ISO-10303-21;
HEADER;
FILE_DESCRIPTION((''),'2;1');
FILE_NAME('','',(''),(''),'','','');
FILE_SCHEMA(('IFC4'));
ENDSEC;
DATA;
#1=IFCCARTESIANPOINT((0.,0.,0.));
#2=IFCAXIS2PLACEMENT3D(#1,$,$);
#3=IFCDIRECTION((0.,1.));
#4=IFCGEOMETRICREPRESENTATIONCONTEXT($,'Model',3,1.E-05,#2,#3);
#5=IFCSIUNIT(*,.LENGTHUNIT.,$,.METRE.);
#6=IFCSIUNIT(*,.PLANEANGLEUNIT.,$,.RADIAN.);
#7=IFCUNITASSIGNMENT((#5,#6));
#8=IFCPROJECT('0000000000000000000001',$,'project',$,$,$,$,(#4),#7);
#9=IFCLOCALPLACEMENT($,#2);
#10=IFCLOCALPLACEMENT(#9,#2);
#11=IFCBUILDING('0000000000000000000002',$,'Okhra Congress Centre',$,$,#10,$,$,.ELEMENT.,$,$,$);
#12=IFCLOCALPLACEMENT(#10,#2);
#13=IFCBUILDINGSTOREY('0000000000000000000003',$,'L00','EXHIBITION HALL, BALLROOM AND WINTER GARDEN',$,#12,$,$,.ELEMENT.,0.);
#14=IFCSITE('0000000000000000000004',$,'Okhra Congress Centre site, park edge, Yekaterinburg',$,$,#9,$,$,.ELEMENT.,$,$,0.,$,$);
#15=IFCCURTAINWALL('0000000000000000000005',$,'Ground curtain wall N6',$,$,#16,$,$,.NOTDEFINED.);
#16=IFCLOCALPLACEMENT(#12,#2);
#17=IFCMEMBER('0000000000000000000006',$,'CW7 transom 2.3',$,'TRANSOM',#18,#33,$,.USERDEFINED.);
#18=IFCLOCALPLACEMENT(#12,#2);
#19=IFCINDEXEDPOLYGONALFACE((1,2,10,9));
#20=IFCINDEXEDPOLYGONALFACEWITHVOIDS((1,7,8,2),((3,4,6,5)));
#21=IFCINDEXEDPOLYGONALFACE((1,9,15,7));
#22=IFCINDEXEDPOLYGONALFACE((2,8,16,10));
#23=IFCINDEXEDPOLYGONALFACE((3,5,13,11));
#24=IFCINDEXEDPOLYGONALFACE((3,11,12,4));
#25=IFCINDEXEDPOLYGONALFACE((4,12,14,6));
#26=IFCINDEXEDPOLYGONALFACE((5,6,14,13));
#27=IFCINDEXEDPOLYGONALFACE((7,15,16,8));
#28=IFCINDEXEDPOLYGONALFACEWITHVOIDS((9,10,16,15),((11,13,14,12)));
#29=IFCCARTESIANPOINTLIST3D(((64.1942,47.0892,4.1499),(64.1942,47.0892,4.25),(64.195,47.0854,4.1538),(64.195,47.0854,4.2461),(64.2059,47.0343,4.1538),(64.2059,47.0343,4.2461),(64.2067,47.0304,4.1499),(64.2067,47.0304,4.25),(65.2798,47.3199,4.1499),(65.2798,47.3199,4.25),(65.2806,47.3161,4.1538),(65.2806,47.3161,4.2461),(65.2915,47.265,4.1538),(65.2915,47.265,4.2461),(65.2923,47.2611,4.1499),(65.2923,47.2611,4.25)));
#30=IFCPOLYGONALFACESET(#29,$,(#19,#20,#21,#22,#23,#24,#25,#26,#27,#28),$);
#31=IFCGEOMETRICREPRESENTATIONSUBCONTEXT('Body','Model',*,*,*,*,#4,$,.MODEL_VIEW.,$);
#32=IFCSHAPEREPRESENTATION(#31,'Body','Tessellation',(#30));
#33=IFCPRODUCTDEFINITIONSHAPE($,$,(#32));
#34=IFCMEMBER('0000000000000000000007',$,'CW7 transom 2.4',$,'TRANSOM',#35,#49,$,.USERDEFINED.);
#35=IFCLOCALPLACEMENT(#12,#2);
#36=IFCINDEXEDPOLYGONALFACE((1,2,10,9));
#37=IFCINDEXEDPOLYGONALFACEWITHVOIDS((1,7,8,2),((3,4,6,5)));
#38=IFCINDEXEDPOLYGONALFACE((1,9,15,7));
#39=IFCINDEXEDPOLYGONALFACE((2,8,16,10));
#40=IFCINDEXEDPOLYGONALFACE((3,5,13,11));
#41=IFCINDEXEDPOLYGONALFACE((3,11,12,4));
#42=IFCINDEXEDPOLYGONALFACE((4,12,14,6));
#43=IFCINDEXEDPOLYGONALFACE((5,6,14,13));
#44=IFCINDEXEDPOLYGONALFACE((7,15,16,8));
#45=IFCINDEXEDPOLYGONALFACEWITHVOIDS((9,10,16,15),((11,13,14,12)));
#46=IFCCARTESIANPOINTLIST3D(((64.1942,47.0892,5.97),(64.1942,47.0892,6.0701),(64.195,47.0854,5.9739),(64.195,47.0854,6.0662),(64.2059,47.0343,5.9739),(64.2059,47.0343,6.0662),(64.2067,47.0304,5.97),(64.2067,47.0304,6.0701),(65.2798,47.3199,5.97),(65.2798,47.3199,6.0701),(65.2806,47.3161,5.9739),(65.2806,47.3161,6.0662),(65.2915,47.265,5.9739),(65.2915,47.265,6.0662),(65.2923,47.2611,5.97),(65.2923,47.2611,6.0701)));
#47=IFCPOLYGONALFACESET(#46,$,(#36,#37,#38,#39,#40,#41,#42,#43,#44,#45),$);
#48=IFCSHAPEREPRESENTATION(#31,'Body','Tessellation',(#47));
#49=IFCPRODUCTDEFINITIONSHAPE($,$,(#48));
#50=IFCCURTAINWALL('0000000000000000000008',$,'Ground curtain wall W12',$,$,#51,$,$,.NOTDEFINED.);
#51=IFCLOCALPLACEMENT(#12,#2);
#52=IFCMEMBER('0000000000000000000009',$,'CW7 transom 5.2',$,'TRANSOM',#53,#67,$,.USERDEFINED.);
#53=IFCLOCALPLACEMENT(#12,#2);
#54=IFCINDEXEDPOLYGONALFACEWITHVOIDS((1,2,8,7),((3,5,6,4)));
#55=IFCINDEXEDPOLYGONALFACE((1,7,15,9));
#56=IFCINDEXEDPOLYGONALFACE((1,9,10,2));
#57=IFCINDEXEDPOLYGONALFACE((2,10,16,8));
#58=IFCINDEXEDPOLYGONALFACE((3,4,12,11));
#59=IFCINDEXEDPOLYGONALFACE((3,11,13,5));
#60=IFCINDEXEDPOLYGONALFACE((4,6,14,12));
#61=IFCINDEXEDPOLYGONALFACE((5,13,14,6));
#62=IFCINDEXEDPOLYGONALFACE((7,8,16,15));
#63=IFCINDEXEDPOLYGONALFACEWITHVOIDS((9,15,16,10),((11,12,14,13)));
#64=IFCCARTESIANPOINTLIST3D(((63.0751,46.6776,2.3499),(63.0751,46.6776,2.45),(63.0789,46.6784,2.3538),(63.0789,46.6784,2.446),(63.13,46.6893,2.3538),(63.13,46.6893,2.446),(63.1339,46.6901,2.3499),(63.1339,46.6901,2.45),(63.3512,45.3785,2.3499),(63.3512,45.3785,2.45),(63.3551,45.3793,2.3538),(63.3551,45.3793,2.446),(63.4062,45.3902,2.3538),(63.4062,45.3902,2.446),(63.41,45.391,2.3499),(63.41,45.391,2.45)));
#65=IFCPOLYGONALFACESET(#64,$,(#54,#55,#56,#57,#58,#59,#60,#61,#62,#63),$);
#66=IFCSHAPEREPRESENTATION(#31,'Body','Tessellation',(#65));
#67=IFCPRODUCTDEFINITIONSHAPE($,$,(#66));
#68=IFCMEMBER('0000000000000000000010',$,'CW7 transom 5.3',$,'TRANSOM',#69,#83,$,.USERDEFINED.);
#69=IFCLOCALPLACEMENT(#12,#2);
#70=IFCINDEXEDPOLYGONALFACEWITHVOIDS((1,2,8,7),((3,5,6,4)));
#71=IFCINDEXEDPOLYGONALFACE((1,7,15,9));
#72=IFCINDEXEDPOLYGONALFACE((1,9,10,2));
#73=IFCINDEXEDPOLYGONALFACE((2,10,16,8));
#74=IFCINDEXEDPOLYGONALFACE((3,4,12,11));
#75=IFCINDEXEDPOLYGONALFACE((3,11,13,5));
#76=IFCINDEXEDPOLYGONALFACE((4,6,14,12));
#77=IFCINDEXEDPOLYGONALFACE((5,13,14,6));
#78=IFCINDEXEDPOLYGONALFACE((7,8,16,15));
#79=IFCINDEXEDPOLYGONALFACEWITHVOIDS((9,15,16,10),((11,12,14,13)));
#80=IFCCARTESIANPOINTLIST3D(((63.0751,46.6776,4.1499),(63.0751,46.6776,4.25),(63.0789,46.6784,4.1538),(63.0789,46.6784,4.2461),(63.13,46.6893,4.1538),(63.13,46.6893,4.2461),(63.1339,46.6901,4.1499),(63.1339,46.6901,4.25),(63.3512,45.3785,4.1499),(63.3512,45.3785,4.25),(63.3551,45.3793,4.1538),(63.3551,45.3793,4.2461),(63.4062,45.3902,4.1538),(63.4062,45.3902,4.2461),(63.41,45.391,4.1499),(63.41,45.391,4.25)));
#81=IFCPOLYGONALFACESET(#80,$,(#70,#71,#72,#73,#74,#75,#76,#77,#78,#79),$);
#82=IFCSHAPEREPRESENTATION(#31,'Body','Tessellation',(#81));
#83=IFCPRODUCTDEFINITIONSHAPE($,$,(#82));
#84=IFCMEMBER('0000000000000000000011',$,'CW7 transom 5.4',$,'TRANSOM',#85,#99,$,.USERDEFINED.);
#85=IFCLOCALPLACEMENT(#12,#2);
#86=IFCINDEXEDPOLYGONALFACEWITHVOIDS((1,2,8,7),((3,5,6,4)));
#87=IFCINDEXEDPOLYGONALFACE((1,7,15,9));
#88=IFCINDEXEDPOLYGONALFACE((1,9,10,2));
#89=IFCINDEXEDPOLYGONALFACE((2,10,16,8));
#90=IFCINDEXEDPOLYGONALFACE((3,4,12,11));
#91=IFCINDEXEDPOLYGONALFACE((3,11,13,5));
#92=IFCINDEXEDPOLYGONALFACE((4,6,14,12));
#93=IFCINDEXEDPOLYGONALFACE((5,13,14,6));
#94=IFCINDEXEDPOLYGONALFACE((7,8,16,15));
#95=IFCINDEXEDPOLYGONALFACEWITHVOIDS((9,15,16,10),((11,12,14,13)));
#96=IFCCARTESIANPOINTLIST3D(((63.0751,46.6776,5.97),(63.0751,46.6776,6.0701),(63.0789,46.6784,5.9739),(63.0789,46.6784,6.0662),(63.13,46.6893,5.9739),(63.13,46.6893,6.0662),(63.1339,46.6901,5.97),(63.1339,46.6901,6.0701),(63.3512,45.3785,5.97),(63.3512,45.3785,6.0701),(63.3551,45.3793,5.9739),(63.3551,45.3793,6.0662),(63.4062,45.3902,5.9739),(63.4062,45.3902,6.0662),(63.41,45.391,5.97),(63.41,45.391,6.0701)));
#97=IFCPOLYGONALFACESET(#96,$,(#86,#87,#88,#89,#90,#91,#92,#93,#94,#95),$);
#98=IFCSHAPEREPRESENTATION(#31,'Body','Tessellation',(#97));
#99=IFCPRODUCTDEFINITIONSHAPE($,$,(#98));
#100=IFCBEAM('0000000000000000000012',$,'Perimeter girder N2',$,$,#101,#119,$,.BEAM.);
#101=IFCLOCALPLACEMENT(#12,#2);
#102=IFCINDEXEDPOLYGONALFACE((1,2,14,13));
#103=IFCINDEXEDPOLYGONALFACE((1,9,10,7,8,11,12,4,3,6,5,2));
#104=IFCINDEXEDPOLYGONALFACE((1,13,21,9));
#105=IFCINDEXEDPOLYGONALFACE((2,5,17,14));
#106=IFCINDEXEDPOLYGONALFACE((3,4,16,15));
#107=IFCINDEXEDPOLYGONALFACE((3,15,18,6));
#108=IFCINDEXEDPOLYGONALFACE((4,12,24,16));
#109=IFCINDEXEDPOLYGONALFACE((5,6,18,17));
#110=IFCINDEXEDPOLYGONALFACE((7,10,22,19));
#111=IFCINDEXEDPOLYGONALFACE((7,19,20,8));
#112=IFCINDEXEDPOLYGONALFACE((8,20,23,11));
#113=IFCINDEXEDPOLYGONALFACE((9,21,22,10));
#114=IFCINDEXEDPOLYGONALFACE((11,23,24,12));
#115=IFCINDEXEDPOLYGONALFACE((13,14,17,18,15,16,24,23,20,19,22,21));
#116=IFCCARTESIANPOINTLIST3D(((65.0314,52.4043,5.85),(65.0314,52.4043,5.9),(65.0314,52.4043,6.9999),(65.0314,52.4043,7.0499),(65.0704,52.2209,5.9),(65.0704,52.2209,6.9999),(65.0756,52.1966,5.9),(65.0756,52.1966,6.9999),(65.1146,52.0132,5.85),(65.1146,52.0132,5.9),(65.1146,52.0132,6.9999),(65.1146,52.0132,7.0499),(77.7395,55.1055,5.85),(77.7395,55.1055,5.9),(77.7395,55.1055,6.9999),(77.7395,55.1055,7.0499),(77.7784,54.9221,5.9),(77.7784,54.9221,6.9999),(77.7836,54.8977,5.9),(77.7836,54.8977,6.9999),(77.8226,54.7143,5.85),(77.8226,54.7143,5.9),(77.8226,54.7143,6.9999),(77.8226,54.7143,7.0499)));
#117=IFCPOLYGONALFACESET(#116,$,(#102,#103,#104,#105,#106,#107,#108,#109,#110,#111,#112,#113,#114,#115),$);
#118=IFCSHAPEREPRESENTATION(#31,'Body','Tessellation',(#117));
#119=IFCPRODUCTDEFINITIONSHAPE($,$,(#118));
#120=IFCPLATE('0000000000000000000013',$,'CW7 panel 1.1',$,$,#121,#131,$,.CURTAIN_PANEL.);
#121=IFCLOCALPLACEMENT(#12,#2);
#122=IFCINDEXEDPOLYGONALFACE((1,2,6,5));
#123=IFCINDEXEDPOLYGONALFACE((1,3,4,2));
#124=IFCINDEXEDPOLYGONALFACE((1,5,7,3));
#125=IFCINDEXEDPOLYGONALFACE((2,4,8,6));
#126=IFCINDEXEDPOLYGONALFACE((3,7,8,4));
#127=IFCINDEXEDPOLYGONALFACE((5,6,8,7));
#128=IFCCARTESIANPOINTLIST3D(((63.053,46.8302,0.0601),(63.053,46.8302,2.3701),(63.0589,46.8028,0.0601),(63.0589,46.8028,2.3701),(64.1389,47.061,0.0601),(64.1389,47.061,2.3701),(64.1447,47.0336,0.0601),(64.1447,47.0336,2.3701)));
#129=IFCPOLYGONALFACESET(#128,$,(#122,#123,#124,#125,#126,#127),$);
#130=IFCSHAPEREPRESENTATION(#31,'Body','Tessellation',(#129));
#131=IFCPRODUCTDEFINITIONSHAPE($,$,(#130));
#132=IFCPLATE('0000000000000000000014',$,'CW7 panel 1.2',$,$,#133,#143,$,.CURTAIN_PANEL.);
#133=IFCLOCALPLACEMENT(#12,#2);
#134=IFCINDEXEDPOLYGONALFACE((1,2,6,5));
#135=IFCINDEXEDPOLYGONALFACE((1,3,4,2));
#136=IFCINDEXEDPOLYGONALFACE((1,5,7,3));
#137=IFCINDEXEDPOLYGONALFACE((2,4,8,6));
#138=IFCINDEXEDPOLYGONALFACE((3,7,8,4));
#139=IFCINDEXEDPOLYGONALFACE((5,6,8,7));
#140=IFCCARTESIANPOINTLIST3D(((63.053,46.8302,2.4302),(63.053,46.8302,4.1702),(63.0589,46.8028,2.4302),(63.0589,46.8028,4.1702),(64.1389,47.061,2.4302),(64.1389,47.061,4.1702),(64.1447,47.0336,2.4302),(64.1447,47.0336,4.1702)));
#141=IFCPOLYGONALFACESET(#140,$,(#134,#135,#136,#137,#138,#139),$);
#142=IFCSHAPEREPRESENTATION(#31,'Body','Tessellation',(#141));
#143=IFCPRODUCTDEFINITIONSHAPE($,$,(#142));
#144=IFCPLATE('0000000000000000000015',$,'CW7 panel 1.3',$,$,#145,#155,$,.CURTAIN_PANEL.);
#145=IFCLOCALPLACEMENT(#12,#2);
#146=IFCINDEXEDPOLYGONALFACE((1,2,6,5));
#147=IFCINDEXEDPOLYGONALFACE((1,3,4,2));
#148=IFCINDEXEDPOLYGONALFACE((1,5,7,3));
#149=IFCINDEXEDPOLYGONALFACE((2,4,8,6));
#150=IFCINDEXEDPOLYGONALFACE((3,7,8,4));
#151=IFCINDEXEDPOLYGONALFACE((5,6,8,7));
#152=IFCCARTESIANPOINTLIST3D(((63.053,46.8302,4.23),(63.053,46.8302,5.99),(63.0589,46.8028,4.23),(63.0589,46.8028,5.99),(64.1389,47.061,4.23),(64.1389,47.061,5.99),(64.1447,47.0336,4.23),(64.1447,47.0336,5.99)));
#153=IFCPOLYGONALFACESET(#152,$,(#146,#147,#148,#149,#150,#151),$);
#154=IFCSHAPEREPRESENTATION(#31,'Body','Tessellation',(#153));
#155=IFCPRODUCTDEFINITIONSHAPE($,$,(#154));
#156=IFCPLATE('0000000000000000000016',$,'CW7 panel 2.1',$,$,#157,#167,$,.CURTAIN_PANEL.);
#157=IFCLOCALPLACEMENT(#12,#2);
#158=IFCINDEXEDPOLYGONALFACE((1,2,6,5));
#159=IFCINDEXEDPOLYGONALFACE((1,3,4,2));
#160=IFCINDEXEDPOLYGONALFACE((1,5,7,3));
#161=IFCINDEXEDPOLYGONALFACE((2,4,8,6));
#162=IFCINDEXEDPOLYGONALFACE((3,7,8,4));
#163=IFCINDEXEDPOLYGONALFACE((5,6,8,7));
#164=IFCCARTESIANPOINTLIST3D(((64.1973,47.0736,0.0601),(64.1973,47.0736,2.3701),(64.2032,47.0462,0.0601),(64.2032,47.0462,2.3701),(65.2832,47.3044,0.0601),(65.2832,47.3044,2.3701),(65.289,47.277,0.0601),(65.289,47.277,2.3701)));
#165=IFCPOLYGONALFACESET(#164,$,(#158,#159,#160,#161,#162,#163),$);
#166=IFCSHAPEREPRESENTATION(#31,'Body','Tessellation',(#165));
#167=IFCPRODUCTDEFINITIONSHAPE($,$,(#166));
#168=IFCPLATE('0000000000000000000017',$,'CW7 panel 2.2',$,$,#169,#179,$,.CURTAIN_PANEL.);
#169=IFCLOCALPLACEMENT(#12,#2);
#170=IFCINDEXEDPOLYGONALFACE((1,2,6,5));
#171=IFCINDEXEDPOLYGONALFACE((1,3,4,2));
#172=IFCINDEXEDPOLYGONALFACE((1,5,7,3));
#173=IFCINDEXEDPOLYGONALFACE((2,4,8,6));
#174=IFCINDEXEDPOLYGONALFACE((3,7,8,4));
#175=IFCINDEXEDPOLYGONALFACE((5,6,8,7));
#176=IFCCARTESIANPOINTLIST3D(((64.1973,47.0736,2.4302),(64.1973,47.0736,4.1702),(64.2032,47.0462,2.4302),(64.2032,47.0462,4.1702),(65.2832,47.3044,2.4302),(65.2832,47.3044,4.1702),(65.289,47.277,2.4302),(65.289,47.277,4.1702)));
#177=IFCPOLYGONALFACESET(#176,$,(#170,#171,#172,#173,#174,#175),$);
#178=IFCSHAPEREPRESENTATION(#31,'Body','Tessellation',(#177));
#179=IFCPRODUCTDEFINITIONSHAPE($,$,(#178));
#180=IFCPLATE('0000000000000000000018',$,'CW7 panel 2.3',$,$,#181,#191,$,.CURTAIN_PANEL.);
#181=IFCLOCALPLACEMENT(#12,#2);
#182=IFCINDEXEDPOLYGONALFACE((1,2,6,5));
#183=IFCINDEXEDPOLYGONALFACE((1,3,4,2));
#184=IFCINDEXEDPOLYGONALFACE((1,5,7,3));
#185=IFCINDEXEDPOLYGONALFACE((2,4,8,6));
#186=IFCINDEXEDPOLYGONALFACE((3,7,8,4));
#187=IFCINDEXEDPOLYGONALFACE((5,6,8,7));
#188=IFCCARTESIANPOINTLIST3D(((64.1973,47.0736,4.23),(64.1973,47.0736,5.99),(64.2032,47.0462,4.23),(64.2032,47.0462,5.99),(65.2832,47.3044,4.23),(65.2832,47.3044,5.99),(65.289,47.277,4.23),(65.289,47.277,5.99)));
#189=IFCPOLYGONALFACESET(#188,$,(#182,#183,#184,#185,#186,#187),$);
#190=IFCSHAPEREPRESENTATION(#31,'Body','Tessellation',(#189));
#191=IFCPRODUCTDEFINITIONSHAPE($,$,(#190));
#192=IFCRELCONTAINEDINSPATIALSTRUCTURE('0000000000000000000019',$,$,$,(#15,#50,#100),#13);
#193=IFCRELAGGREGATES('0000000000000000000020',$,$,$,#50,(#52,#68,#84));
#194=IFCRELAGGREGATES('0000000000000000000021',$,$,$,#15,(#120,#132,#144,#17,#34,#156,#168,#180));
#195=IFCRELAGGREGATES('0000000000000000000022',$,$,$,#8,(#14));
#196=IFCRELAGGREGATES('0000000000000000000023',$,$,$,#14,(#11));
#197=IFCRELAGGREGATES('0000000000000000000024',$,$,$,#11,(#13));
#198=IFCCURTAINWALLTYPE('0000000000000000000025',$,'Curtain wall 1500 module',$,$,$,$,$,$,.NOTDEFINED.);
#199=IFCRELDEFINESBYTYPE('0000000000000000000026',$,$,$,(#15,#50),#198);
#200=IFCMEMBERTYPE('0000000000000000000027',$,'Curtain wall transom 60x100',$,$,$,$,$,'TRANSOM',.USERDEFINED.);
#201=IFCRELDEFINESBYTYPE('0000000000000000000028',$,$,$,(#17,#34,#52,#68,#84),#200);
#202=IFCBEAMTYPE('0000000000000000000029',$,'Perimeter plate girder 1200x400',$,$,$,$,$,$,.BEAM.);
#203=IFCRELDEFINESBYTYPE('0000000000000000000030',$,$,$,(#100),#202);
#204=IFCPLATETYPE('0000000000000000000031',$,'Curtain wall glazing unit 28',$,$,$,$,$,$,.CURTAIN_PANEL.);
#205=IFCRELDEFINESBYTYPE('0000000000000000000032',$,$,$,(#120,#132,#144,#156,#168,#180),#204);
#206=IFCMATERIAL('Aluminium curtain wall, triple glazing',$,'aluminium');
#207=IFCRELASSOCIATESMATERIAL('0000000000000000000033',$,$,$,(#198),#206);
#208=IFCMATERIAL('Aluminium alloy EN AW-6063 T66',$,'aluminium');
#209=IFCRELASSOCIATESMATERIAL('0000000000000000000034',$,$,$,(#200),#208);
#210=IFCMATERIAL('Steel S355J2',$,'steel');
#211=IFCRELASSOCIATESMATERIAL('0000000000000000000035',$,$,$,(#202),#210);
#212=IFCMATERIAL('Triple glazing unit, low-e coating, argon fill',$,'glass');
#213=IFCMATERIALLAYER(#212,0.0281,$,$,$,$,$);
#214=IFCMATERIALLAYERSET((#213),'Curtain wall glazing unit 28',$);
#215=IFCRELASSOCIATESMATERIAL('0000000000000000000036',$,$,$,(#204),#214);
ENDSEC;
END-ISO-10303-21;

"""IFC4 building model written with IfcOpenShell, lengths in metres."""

from ifc_helpers import new_model, si_unit, direction, frame, origin, origin_2d, place, context, subcontext, project, spatial, rectangle, hollow_rectangle, i_section, extrude, material, layer, layer_set, material_profile, profile_set, type_object, element, aggregate, save


model = new_model("IFC4")

# Units and contexts
model_context = context("Model", 3, precision=1e-05, world=origin(), true_north=direction((0.0, 1.0)))
body_context = subcontext(model_context, "Body", "Model", "MODEL_VIEW")
ifc_project = project(units=[si_unit("LENGTHUNIT", "METRE"), si_unit("PLANEANGLEUNIT", "RADIAN")], contexts=[model_context])

# Site, building, storey
site_placement = place(None, origin())
site = spatial("IfcSite", under=ifc_project, at=site_placement, Name="Okhra Congress Centre site, park edge, Yekaterinburg", CompositionType="ELEMENT", RefElevation=0.0)
building_placement = place(site_placement, origin())
building = spatial("IfcBuilding", under=site, at=building_placement, Name="Okhra Congress Centre", CompositionType="ELEMENT")
storey_placement = place(building_placement, origin())
storey = spatial("IfcBuildingStorey", under=building, at=storey_placement, Name="L00", Description="EXHIBITION HALL, BALLROOM AND WINTER GARDEN", CompositionType="ELEMENT", Elevation=0.0)

# Curtain walls, members
ifc_material_1 = material(Name="Aluminium curtain wall, triple glazing", Category="aluminium")
curtain_wall_type = type_object("IfcCurtainWallType", Name="Curtain wall 1500 module", PredefinedType="NOTDEFINED", material=ifc_material_1)
curtain_wall_1_placement = place(storey_placement, origin())
curtain_wall_1 = element("IfcCurtainWall", 1, at=curtain_wall_1_placement, inside=storey, type_object=curtain_wall_type, Name="Ground curtain wall N6", PredefinedType="NOTDEFINED")
ifc_material_2 = material(Name="Aluminium alloy EN AW-6063 T66", Category="aluminium")
ifc_material_profile_1 = material_profile(ifc_material_2, hollow_rectangle(XDim=0.0601, YDim=0.1001, WallThickness=0.0039, at=origin_2d()), Name="RHS 60x100x4")
ifc_profile_set_1 = profile_set([ifc_material_profile_1], Name="Aluminium alloy EN AW-6063 T66")
member_type_1 = type_object("IfcMemberType", Name="Curtain wall transom 60x100", ElementType="TRANSOM", PredefinedType="USERDEFINED", material=ifc_profile_set_1)
member_1_placement = place(storey_placement, frame((64.2004, 47.0598, 4.2), z_axis=(0.978158, 0.207861, 0.0), x_axis=(-0.207861, 0.978158, 0.0)))
member_1 = element("IfcMember", 2, at=member_1_placement, type_object=member_type_1, Name="CW7 transom 2.3", ObjectType="TRANSOM", PredefinedType="USERDEFINED", context=body_context, shape_type="SweptSolid", body=[
    extrude(hollow_rectangle(XDim=0.0601, YDim=0.1001, WallThickness=0.0039, at=origin_2d()), origin(), (0.0, 0.0, 1.0), 1.1099),
])
member_2_placement = place(storey_placement, frame((64.2004, 47.0598, 6.02), z_axis=(0.978158, 0.207861, 0.0), x_axis=(-0.207861, 0.978158, 0.0)))
member_2 = element("IfcMember", 3, at=member_2_placement, type_object=member_type_1, Name="CW7 transom 2.4", ObjectType="TRANSOM", PredefinedType="USERDEFINED", context=body_context, shape_type="SweptSolid", body=[
    extrude(hollow_rectangle(XDim=0.0601, YDim=0.1001, WallThickness=0.0039, at=origin_2d()), origin(), (0.0, 0.0, 1.0), 1.1099),
])
curtain_wall_2_placement = place(storey_placement, origin())
curtain_wall_2 = element("IfcCurtainWall", 4, at=curtain_wall_2_placement, inside=storey, type_object=curtain_wall_type, Name="Ground curtain wall W12", PredefinedType="NOTDEFINED")
member_3_placement = place(storey_placement, frame((63.3806, 45.3848, 2.3999), z_axis=(-0.207909, 0.978148, 0.0), x_axis=(-0.978148, -0.207909, 0.0)))
member_3 = element("IfcMember", 5, at=member_3_placement, type_object=member_type_1, Name="CW7 transom 5.2", ObjectType="TRANSOM", PredefinedType="USERDEFINED", context=body_context, shape_type="SweptSolid", body=[
    extrude(hollow_rectangle(XDim=0.0601, YDim=0.1001, WallThickness=0.0039, at=origin_2d()), origin(), (0.0, 0.0, 1.0), 1.3281),
])
member_4_placement = place(storey_placement, frame((63.3806, 45.3848, 4.2), z_axis=(-0.207909, 0.978148, 0.0), x_axis=(-0.978148, -0.207909, 0.0)))
member_4 = element("IfcMember", 6, at=member_4_placement, type_object=member_type_1, Name="CW7 transom 5.3", ObjectType="TRANSOM", PredefinedType="USERDEFINED", context=body_context, shape_type="SweptSolid", body=[
    extrude(hollow_rectangle(XDim=0.0601, YDim=0.1001, WallThickness=0.0039, at=origin_2d()), origin(), (0.0, 0.0, 1.0), 1.3281),
])
member_5_placement = place(storey_placement, frame((63.3806, 45.3848, 6.02), z_axis=(-0.207909, 0.978148, 0.0), x_axis=(-0.978148, -0.207909, 0.0)))
member_5 = element("IfcMember", 7, at=member_5_placement, type_object=member_type_1, Name="CW7 transom 5.4", ObjectType="TRANSOM", PredefinedType="USERDEFINED", context=body_context, shape_type="SweptSolid", body=[
    extrude(hollow_rectangle(XDim=0.0601, YDim=0.1001, WallThickness=0.0039, at=origin_2d()), origin(), (0.0, 0.0, 1.0), 1.3281),
])
aggregate(curtain_wall_2, [member_3, member_4, member_5])

# Beam
ifc_material_3 = material(Name="Steel S355J2", Category="steel")
ifc_material_profile_2 = material_profile(ifc_material_3, i_section(OverallWidth=0.3999, OverallDepth=1.2, WebThickness=0.0249, FlangeThickness=0.05, at=origin_2d()), Name="Plate girder 1200x400")
ifc_profile_set_2 = profile_set([ifc_material_profile_2], Name="Steel S355J2")
beam_type = type_object("IfcBeamType", Name="Perimeter plate girder 1200x400", PredefinedType="BEAM", material=ifc_profile_set_2)
beam_placement = place(storey_placement, frame((65.073, 52.2087, 6.45), z_axis=(0.978148, 0.207912, 0.0), x_axis=(-0.207912, 0.978148, 0.0)))
element("IfcBeam", 8, at=beam_placement, inside=storey, type_object=beam_type, Name="Perimeter girder N2", PredefinedType="BEAM", context=body_context, shape_type="SweptSolid", body=[
    extrude(i_section(OverallWidth=0.3999, OverallDepth=1.2, WebThickness=0.0249, FlangeThickness=0.05, at=origin_2d()), origin(), (0.0, 0.0, 1.0), 12.9919),
])

# Plates
ifc_material_4 = material(Name="Triple glazing unit, low-e coating, argon fill", Category="glass")
ifc_layer_1 = layer(ifc_material_4, 0.0281)
ifc_layer_set_1 = layer_set([ifc_layer_1], Name="Curtain wall glazing unit 28")
plate_type = type_object("IfcPlateType", Name="Curtain wall glazing unit 28", PredefinedType="CURTAIN_PANEL", material=ifc_layer_set_1)
plate_1_placement = place(storey_placement, frame((63.5989, 46.9319, 0.0601), z_axis=(0.0, 0.0, 1.0), x_axis=(0.978148, 0.207912, 0.0)))
plate_1 = element("IfcPlate", 9, at=plate_1_placement, type_object=plate_type, Name="CW7 panel 1.1", PredefinedType="CURTAIN_PANEL", context=body_context, shape_type="SweptSolid", body=[
    extrude(rectangle(XDim=1.1101, YDim=0.0281, at=origin_2d()), origin(), (0.0, 0.0, 1.0), 2.3101),
])
plate_2_placement = place(storey_placement, frame((63.5989, 46.9319, 2.4302), z_axis=(0.0, 0.0, 1.0), x_axis=(0.978148, 0.207912, 0.0)))
plate_2 = element("IfcPlate", 10, at=plate_2_placement, type_object=plate_type, Name="CW7 panel 1.2", PredefinedType="CURTAIN_PANEL", context=body_context, shape_type="SweptSolid", body=[
    extrude(rectangle(XDim=1.1101, YDim=0.0281, at=origin_2d()), origin(), (0.0, 0.0, 1.0), 1.74),
])
plate_3_placement = place(storey_placement, frame((63.5989, 46.9319, 4.23), z_axis=(0.0, 0.0, 1.0), x_axis=(0.978148, 0.207912, 0.0)))
plate_3 = element("IfcPlate", 11, at=plate_3_placement, type_object=plate_type, Name="CW7 panel 1.3", PredefinedType="CURTAIN_PANEL", context=body_context, shape_type="SweptSolid", body=[
    extrude(rectangle(XDim=1.1101, YDim=0.0281, at=origin_2d()), origin(), (0.0, 0.0, 1.0), 1.76),
])
plate_4_placement = place(storey_placement, frame((64.7432, 47.1753, 0.0601), z_axis=(0.0, 0.0, 1.0), x_axis=(0.978148, 0.207912, 0.0)))
plate_4 = element("IfcPlate", 12, at=plate_4_placement, type_object=plate_type, Name="CW7 panel 2.1", PredefinedType="CURTAIN_PANEL", context=body_context, shape_type="SweptSolid", body=[
    extrude(rectangle(XDim=1.1101, YDim=0.0281, at=origin_2d()), origin(), (0.0, 0.0, 1.0), 2.3101),
])
plate_5_placement = place(storey_placement, frame((64.7432, 47.1753, 2.4302), z_axis=(0.0, 0.0, 1.0), x_axis=(0.978148, 0.207912, 0.0)))
plate_5 = element("IfcPlate", 13, at=plate_5_placement, type_object=plate_type, Name="CW7 panel 2.2", PredefinedType="CURTAIN_PANEL", context=body_context, shape_type="SweptSolid", body=[
    extrude(rectangle(XDim=1.1101, YDim=0.0281, at=origin_2d()), origin(), (0.0, 0.0, 1.0), 1.74),
])
plate_6_placement = place(storey_placement, frame((64.7432, 47.1753, 4.23), z_axis=(0.0, 0.0, 1.0), x_axis=(0.978148, 0.207912, 0.0)))
plate_6 = element("IfcPlate", 14, at=plate_6_placement, type_object=plate_type, Name="CW7 panel 2.3", PredefinedType="CURTAIN_PANEL", context=body_context, shape_type="SweptSolid", body=[
    extrude(rectangle(XDim=1.1101, YDim=0.0281, at=origin_2d()), origin(), (0.0, 0.0, 1.0), 1.76),
])
aggregate(curtain_wall_1, [plate_1, plate_2, plate_3, member_1, member_2, plate_4, plate_5, plate_6])

save(model, "model.ifc")
